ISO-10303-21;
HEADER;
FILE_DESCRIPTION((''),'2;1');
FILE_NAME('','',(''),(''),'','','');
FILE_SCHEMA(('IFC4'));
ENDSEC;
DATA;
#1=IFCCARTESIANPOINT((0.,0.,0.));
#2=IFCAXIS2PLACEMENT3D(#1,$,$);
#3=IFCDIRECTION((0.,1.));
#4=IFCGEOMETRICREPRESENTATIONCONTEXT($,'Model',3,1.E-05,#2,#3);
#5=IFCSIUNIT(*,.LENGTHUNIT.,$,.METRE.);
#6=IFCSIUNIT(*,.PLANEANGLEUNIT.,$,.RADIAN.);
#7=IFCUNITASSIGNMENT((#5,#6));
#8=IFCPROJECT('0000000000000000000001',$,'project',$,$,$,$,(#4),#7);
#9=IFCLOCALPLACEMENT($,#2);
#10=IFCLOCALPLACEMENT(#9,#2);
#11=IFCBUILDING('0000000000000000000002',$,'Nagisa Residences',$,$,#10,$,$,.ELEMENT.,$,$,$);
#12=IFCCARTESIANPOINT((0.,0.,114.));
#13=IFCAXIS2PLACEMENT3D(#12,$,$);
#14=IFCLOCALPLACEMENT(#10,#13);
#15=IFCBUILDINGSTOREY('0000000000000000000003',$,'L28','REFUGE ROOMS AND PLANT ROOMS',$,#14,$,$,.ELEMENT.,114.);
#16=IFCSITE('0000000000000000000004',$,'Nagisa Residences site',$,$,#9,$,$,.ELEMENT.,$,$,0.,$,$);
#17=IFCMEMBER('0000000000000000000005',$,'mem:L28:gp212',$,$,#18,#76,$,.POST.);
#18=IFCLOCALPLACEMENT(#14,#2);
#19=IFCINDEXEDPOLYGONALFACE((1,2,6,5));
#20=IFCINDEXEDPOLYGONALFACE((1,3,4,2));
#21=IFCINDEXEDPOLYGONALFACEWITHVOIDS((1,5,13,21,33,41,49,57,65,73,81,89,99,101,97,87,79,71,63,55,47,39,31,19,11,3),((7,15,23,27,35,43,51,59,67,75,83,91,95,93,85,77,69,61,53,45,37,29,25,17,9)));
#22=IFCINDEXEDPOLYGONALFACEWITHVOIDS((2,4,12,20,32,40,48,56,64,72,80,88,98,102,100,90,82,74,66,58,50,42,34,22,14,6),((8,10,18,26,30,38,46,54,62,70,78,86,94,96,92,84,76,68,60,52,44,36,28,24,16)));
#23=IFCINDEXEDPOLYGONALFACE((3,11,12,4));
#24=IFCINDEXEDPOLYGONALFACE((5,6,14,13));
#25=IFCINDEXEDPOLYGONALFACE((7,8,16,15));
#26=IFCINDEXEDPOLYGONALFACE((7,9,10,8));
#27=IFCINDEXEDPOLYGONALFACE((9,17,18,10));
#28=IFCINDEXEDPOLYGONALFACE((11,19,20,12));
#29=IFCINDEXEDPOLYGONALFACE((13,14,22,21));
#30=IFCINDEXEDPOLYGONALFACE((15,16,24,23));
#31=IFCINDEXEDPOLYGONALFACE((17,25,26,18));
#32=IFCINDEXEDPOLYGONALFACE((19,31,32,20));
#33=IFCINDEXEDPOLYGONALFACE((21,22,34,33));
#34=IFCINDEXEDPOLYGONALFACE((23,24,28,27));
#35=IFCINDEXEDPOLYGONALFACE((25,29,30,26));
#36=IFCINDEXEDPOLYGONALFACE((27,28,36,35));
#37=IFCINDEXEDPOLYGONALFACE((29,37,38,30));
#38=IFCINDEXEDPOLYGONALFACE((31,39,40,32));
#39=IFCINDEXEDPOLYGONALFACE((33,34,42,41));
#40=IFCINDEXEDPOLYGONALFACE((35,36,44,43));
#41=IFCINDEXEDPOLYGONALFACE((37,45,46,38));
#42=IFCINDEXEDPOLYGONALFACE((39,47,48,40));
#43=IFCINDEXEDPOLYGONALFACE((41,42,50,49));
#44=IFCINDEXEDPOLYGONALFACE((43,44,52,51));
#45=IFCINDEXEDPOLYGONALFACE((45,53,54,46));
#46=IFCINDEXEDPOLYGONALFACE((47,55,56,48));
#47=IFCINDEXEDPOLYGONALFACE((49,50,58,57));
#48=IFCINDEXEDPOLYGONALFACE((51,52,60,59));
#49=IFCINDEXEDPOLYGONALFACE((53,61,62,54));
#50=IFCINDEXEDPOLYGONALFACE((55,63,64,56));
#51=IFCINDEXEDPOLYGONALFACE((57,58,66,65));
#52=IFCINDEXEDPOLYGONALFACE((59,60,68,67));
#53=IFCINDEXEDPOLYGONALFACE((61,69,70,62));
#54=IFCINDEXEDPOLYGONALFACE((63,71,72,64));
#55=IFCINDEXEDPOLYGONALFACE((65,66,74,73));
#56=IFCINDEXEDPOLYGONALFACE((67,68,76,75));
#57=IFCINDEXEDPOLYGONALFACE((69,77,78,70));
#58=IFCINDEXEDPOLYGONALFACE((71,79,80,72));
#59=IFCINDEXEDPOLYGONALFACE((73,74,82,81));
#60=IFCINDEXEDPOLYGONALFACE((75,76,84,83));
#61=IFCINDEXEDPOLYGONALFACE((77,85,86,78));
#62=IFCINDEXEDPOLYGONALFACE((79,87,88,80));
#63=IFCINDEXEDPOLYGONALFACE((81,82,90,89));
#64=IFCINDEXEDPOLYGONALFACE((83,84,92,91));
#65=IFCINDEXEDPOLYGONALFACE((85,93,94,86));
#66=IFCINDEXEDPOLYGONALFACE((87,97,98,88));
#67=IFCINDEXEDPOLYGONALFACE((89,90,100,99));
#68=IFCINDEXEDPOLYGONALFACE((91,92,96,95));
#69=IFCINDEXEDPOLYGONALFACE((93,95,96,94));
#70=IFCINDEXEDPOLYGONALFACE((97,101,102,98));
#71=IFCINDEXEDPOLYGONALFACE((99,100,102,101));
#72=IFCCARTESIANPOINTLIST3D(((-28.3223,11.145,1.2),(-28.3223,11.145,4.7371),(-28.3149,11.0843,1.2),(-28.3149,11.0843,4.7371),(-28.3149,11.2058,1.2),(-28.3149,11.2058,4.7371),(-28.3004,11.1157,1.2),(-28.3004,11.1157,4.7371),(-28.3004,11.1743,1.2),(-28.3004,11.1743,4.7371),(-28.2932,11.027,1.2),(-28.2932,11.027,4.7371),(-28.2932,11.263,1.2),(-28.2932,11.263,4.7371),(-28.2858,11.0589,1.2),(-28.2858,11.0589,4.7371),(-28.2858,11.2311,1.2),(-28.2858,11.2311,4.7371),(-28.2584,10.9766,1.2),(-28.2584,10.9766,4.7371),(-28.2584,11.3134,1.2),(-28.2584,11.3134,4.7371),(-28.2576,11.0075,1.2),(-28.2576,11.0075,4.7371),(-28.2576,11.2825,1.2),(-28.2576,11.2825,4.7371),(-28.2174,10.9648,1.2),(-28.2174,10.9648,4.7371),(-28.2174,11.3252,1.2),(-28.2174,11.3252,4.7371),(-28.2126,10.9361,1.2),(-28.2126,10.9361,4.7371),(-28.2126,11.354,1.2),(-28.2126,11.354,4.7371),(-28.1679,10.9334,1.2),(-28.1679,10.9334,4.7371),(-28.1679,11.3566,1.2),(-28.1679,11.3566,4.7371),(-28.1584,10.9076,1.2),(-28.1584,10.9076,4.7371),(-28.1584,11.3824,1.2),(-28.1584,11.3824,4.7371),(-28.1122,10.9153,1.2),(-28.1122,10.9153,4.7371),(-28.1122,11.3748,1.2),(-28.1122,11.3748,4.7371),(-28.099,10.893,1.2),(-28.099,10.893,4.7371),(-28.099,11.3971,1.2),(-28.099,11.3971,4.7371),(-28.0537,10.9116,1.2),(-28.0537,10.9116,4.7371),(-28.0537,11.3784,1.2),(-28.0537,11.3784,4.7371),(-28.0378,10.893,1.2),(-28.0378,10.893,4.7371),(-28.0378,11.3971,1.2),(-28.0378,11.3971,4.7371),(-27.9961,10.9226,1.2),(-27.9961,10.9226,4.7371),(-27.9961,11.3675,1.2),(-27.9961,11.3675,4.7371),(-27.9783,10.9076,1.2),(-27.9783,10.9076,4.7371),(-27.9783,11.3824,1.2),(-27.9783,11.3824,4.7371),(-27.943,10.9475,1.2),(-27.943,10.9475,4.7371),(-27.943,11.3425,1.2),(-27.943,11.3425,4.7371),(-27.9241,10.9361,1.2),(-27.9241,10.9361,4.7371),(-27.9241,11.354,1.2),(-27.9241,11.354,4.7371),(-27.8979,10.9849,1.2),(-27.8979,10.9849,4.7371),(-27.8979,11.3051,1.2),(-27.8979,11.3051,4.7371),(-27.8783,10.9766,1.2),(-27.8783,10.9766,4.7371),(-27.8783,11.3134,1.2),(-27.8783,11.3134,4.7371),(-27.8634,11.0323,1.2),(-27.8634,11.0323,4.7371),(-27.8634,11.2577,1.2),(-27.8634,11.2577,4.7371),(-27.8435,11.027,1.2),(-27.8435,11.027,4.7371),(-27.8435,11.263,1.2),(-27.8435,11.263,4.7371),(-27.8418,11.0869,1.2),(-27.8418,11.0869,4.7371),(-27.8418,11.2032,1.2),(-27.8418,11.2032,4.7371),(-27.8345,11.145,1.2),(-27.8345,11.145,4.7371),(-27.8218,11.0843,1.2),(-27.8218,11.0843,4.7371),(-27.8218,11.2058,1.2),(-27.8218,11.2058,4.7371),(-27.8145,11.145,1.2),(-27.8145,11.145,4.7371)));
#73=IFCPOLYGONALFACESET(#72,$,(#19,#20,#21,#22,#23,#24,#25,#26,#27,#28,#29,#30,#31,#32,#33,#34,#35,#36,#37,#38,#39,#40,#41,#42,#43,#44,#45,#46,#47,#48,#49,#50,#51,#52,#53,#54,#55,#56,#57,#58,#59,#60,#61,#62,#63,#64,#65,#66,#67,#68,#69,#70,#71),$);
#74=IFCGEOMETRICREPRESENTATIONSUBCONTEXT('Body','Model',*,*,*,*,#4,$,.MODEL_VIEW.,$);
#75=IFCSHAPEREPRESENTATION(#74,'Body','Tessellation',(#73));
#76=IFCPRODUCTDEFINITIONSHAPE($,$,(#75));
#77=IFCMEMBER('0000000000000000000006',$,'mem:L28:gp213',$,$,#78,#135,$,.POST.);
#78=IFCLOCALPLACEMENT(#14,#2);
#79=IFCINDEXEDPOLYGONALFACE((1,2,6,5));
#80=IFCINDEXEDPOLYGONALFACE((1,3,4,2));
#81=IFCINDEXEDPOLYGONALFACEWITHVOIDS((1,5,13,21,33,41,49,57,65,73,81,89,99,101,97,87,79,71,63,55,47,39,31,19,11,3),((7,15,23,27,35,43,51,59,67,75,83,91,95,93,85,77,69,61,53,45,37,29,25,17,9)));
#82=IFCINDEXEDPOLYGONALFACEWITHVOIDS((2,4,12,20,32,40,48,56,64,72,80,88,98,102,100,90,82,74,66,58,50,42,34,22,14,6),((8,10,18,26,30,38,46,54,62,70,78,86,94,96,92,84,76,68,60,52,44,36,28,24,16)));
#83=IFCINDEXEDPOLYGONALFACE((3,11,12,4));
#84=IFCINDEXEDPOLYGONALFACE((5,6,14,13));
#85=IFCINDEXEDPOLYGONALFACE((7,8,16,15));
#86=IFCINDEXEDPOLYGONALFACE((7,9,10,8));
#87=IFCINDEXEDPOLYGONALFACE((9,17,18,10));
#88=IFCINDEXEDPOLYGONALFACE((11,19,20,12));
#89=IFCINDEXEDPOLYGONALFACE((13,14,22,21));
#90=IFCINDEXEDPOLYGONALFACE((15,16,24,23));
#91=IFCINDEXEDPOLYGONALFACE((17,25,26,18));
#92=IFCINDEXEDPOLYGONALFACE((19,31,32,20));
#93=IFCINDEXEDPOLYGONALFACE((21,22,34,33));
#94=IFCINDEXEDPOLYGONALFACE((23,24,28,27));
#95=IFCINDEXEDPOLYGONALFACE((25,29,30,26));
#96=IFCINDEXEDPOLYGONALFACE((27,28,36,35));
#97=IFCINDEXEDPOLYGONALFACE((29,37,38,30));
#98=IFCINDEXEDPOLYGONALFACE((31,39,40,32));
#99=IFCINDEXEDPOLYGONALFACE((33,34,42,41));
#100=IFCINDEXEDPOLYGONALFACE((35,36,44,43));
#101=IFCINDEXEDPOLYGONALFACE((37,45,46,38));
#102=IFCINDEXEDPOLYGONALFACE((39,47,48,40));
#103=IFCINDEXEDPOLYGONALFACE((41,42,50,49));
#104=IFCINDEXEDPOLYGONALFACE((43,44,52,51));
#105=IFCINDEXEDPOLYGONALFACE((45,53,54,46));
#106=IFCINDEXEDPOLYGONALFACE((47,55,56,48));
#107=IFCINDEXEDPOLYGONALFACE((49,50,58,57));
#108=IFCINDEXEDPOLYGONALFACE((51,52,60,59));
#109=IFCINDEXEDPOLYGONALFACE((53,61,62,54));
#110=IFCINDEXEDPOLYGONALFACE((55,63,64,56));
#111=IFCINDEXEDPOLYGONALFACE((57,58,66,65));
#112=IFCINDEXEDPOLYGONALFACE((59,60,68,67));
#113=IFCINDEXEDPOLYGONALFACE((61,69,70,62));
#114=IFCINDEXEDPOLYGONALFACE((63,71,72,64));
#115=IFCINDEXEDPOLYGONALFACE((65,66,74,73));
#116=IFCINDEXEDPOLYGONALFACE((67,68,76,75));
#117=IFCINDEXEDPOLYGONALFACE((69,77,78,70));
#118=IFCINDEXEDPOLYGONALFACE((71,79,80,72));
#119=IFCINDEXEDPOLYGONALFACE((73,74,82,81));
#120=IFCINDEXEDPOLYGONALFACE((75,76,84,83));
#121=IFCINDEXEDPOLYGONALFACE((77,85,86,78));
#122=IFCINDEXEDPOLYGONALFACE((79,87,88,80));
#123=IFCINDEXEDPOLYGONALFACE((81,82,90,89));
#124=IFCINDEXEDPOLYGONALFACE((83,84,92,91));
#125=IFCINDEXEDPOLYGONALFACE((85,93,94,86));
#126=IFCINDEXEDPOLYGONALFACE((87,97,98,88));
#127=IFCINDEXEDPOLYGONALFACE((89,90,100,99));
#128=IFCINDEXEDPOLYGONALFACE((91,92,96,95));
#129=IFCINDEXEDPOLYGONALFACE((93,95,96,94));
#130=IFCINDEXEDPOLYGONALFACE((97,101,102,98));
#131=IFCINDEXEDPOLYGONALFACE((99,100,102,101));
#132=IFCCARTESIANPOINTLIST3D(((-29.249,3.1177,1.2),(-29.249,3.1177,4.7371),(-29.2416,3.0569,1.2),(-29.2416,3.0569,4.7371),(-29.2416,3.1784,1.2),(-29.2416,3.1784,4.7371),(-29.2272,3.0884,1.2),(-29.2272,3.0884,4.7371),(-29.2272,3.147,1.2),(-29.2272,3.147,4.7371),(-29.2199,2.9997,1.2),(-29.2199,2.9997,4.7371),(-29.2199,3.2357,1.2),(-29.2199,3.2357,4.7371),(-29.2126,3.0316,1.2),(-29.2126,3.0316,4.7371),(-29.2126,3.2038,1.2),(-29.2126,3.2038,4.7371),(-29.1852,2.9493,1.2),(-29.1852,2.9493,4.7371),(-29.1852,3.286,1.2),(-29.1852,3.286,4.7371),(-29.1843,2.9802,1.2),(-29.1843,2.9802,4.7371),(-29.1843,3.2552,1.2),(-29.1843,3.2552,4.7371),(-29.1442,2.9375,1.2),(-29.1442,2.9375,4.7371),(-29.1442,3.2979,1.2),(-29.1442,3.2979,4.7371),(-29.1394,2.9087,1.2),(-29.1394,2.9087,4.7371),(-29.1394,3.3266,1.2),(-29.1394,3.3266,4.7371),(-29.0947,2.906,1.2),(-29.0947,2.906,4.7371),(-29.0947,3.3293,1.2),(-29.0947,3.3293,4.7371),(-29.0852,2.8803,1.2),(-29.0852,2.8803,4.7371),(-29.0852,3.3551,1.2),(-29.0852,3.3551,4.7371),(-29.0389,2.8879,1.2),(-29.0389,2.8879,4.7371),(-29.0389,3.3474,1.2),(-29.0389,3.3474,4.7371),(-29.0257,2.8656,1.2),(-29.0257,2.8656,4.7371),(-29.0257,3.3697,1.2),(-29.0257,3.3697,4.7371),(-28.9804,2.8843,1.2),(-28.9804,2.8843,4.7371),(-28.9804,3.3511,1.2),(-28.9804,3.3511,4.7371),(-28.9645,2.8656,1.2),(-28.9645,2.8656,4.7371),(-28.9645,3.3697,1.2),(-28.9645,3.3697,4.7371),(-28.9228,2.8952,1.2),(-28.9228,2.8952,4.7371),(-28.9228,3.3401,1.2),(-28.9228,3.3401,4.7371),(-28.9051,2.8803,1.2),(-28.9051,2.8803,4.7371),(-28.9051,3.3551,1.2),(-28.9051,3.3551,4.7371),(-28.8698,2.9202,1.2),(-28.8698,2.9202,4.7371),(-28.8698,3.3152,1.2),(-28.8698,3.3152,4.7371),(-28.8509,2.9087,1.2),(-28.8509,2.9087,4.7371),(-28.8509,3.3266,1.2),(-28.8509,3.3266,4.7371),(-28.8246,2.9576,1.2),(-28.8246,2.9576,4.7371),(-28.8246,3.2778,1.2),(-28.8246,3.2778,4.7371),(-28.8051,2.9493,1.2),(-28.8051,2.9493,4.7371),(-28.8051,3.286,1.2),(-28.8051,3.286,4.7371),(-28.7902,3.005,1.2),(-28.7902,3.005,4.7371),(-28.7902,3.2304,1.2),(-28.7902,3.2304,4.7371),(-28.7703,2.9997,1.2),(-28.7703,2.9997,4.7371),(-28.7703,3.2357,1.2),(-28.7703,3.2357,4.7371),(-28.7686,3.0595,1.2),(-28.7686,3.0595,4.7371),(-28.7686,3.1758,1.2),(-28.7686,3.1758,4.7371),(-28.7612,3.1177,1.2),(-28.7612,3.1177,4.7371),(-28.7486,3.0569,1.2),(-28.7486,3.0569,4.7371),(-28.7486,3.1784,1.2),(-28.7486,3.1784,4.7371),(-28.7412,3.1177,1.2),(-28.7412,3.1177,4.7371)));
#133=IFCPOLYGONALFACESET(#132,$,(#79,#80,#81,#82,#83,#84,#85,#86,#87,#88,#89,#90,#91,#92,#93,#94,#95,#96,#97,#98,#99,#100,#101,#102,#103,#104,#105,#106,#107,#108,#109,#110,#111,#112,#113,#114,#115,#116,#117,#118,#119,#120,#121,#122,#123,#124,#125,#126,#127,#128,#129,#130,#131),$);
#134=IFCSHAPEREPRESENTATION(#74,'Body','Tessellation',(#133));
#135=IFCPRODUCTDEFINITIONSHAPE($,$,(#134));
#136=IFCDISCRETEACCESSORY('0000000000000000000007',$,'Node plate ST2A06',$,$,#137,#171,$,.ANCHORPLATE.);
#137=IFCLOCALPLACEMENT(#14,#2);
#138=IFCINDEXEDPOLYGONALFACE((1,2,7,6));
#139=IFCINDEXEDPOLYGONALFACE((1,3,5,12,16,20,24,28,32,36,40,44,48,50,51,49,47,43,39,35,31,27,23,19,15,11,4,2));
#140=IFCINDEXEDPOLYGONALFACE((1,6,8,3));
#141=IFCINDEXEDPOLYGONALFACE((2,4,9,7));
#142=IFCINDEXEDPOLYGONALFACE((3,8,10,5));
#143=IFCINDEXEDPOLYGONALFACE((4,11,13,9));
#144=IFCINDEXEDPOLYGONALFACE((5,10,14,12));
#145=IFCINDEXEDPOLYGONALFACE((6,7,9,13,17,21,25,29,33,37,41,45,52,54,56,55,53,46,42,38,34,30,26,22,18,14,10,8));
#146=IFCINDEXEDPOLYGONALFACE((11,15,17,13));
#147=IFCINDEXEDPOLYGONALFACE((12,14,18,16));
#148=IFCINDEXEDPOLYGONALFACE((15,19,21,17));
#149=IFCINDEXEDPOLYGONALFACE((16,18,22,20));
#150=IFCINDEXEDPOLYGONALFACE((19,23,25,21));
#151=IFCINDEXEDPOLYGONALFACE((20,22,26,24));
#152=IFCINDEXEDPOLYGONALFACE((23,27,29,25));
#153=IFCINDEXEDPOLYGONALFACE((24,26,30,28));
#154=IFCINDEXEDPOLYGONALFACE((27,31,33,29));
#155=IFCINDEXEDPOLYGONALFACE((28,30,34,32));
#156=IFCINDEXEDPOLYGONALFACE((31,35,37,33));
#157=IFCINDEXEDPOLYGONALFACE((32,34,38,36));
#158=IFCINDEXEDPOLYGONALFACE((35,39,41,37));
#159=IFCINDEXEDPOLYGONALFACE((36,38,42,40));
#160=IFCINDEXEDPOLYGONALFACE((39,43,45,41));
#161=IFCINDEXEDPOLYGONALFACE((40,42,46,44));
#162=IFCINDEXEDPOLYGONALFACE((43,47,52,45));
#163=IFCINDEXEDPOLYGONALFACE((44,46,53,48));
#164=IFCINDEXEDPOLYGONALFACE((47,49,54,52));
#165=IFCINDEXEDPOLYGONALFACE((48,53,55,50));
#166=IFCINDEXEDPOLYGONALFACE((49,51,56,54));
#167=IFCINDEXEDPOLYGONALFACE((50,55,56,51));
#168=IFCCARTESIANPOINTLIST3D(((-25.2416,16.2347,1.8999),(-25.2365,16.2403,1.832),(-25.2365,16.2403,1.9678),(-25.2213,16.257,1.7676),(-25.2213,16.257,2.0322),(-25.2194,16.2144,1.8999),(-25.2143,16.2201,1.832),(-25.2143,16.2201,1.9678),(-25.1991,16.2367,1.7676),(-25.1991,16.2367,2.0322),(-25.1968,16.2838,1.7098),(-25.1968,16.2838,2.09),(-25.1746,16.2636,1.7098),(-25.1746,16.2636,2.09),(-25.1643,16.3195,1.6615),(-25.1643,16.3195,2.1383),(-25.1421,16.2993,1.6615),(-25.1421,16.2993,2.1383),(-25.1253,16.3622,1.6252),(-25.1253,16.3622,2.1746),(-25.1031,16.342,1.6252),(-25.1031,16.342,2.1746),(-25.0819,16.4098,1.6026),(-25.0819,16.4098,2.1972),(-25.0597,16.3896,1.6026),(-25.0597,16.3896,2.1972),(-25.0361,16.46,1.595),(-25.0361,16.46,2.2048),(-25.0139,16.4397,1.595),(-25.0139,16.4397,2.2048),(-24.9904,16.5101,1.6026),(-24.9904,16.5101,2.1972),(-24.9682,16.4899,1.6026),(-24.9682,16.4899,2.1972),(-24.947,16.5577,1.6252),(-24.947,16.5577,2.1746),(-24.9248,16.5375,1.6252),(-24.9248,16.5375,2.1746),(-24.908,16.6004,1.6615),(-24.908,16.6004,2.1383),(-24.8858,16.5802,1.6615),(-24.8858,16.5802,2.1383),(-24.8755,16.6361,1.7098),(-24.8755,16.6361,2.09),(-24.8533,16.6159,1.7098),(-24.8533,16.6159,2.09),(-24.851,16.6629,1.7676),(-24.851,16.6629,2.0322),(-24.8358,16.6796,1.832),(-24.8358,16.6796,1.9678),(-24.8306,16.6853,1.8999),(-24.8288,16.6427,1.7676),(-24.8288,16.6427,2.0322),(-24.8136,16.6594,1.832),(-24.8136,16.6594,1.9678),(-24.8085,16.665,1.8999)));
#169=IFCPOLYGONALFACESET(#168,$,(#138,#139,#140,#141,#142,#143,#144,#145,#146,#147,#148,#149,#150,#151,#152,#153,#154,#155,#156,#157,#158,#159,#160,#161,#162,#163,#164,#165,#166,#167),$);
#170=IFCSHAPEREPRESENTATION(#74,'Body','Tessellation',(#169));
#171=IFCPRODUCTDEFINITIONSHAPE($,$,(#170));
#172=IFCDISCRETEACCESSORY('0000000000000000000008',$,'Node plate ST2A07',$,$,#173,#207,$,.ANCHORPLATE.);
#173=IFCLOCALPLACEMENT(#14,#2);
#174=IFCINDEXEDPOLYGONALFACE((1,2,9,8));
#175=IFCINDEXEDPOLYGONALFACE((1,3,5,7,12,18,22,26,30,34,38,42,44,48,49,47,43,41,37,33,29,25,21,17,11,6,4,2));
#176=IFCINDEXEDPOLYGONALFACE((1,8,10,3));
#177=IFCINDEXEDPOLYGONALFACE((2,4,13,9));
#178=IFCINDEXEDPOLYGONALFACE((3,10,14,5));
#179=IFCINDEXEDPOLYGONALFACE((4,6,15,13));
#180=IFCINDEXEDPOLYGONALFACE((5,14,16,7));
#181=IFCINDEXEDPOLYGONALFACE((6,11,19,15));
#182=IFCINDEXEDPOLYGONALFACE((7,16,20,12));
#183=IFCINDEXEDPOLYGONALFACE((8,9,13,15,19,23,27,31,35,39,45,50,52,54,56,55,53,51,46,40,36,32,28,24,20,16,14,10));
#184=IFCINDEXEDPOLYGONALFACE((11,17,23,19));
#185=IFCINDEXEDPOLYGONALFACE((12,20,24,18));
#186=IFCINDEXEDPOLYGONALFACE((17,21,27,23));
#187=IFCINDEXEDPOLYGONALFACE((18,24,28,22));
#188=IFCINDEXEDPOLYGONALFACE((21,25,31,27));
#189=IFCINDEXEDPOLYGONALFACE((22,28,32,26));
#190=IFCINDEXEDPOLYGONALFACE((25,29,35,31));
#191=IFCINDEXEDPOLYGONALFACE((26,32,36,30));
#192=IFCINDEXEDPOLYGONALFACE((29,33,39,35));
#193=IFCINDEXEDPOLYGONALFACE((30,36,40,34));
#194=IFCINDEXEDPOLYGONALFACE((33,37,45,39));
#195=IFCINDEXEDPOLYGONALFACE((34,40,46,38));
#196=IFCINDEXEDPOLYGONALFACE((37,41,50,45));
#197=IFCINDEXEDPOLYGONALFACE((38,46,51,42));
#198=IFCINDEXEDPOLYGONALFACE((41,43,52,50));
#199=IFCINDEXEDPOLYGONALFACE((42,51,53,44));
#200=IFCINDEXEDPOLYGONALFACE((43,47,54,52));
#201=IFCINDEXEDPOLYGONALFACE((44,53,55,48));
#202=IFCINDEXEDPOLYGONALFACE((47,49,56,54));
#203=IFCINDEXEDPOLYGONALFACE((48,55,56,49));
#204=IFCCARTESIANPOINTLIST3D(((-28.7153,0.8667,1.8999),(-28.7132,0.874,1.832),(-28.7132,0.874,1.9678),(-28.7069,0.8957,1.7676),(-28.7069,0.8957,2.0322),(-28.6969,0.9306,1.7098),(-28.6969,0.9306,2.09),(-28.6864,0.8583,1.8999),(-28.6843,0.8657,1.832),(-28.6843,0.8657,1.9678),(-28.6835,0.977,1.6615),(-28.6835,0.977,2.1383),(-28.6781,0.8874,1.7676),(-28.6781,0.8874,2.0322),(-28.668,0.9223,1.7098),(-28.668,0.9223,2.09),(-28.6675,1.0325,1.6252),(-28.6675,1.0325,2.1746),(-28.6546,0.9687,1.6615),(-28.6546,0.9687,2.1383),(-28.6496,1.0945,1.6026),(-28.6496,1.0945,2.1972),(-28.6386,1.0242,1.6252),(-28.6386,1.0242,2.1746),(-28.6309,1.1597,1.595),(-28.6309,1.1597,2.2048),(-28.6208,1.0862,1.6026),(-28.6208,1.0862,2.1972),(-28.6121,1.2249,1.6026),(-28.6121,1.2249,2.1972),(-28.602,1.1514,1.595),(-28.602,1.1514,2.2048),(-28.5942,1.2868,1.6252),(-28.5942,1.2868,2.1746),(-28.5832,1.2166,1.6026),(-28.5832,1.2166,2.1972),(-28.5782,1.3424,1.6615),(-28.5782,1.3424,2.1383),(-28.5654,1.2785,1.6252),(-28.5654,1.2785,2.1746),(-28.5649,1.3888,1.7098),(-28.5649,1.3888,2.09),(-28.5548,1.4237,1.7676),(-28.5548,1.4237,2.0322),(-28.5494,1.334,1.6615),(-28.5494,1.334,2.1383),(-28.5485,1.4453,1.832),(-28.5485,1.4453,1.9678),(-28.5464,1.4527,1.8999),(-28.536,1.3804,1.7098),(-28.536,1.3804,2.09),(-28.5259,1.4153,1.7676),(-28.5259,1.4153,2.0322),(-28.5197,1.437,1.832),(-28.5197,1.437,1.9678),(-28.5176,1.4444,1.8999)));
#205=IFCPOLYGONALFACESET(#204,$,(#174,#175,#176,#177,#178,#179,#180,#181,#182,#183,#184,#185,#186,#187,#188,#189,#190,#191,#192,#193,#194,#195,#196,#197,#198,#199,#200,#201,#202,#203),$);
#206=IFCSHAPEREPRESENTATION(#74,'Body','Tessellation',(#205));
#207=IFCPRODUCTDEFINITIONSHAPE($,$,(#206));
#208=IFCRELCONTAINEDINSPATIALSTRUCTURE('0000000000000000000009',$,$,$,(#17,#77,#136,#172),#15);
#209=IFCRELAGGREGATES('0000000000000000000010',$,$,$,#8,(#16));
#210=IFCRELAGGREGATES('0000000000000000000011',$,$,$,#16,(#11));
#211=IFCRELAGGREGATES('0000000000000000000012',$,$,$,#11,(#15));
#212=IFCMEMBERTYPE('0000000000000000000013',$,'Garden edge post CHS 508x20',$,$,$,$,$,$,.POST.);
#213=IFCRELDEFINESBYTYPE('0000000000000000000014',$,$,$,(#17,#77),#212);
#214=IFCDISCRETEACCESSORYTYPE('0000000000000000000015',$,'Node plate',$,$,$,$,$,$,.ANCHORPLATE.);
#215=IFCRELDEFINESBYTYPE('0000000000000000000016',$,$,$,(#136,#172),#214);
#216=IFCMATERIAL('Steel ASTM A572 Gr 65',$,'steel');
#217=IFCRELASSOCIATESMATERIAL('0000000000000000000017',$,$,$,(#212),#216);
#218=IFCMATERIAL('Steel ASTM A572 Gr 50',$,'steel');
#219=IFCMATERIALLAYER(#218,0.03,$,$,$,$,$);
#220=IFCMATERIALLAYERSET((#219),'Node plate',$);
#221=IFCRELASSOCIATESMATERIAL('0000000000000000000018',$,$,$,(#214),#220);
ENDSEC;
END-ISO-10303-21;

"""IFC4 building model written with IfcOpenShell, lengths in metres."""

from ifc_helpers import new_model, si_unit, direction, frame, origin, origin_2d, place, context, subcontext, project, spatial, circle, hollow_circle, extrude, material, layer, layer_set, material_profile, profile_set, type_object, element, save


model = new_model("IFC4")

# Units and contexts
model_context = context("Model", 3, precision=1e-05, world=origin(), true_north=direction((0.0, 1.0)))
body_context = subcontext(model_context, "Body", "Model", "MODEL_VIEW")
ifc_project = project(units=[si_unit("LENGTHUNIT", "METRE"), si_unit("PLANEANGLEUNIT", "RADIAN")], contexts=[model_context])

# Site, building, storey
site_placement = place(None, origin())
site = spatial("IfcSite", under=ifc_project, at=site_placement, Name="Nagisa Residences site", CompositionType="ELEMENT", RefElevation=0.0)
building_placement = place(site_placement, origin())
building = spatial("IfcBuilding", under=site, at=building_placement, Name="Nagisa Residences", CompositionType="ELEMENT")
storey_placement = place(building_placement, frame((0.0, 0.0, 114.0)))
storey = spatial("IfcBuildingStorey", under=building, at=storey_placement, Name="L28", Description="REFUGE ROOMS AND PLANT ROOMS", CompositionType="ELEMENT", Elevation=114.0)

# Members
ifc_material_1 = material(Name="Steel ASTM A572 Gr 65", Category="steel")
ifc_material_profile_1 = material_profile(ifc_material_1, hollow_circle(Radius=0.2539, WallThickness=0.02, at=origin_2d()), Name="CHS 508x20")
ifc_profile_set_1 = profile_set([ifc_material_profile_1], Name="Steel ASTM A572 Gr 65")
member_type_1 = type_object("IfcMemberType", Name="Garden edge post CHS 508x20", PredefinedType="POST", material=ifc_profile_set_1)
for number, where, z_axis, x_axis, name in (
    (1, (-28.0684, 11.145, 1.2), (0.0, 0.0, 1.0), (1.0, 0.0, 0.0), "mem:L28:gp212"),
    (2, (-28.9951, 3.1177, 1.2), (0.0, 0.0, 1.0), (1.0, 0.0, 0.0), "mem:L28:gp213"),
):
    element("IfcMember", number, at=place(storey_placement, frame(where, z_axis=z_axis, x_axis=x_axis)), inside=storey, type_object=member_type_1, Name=name, PredefinedType="POST", context=body_context, shape_type="SweptSolid", body=[
        extrude(hollow_circle(Radius=0.2539, WallThickness=0.02, at=origin_2d()), origin(), (0.0, 0.0, 1.0), 3.5371),
    ])

# Discrete accessories
ifc_material_2 = material(Name="Steel ASTM A572 Gr 50", Category="steel")
ifc_layer = layer(ifc_material_2, 0.03)
ifc_layer_set = layer_set([ifc_layer], Name="Node plate")
discrete_accessory_type = type_object("IfcDiscreteAccessoryType", Name="Node plate", PredefinedType="ANCHORPLATE", material=ifc_layer_set)
for number, where, z_axis, x_axis, name in (
    (3, (-25.0361, 16.46, 1.8999), (0.738837, -0.673884, 0.0), (0.673884, 0.738837, 0.0), "Node plate ST2A06"),
    (4, (-28.6309, 1.1597, 1.8999), (0.960907, -0.276871, 0.0), (0.276871, 0.960907, 0.0), "Node plate ST2A07"),
):
    element("IfcDiscreteAccessory", number, at=place(storey_placement, frame(where, z_axis=z_axis, x_axis=x_axis)), inside=storey, type_object=discrete_accessory_type, Name=name, PredefinedType="ANCHORPLATE", context=body_context, shape_type="SweptSolid", body=[
        extrude(circle(Radius=0.3049, at=origin_2d()), origin(), (0.0, 0.0, 1.0), 0.03),
    ])

save(model, "model.ifc")
